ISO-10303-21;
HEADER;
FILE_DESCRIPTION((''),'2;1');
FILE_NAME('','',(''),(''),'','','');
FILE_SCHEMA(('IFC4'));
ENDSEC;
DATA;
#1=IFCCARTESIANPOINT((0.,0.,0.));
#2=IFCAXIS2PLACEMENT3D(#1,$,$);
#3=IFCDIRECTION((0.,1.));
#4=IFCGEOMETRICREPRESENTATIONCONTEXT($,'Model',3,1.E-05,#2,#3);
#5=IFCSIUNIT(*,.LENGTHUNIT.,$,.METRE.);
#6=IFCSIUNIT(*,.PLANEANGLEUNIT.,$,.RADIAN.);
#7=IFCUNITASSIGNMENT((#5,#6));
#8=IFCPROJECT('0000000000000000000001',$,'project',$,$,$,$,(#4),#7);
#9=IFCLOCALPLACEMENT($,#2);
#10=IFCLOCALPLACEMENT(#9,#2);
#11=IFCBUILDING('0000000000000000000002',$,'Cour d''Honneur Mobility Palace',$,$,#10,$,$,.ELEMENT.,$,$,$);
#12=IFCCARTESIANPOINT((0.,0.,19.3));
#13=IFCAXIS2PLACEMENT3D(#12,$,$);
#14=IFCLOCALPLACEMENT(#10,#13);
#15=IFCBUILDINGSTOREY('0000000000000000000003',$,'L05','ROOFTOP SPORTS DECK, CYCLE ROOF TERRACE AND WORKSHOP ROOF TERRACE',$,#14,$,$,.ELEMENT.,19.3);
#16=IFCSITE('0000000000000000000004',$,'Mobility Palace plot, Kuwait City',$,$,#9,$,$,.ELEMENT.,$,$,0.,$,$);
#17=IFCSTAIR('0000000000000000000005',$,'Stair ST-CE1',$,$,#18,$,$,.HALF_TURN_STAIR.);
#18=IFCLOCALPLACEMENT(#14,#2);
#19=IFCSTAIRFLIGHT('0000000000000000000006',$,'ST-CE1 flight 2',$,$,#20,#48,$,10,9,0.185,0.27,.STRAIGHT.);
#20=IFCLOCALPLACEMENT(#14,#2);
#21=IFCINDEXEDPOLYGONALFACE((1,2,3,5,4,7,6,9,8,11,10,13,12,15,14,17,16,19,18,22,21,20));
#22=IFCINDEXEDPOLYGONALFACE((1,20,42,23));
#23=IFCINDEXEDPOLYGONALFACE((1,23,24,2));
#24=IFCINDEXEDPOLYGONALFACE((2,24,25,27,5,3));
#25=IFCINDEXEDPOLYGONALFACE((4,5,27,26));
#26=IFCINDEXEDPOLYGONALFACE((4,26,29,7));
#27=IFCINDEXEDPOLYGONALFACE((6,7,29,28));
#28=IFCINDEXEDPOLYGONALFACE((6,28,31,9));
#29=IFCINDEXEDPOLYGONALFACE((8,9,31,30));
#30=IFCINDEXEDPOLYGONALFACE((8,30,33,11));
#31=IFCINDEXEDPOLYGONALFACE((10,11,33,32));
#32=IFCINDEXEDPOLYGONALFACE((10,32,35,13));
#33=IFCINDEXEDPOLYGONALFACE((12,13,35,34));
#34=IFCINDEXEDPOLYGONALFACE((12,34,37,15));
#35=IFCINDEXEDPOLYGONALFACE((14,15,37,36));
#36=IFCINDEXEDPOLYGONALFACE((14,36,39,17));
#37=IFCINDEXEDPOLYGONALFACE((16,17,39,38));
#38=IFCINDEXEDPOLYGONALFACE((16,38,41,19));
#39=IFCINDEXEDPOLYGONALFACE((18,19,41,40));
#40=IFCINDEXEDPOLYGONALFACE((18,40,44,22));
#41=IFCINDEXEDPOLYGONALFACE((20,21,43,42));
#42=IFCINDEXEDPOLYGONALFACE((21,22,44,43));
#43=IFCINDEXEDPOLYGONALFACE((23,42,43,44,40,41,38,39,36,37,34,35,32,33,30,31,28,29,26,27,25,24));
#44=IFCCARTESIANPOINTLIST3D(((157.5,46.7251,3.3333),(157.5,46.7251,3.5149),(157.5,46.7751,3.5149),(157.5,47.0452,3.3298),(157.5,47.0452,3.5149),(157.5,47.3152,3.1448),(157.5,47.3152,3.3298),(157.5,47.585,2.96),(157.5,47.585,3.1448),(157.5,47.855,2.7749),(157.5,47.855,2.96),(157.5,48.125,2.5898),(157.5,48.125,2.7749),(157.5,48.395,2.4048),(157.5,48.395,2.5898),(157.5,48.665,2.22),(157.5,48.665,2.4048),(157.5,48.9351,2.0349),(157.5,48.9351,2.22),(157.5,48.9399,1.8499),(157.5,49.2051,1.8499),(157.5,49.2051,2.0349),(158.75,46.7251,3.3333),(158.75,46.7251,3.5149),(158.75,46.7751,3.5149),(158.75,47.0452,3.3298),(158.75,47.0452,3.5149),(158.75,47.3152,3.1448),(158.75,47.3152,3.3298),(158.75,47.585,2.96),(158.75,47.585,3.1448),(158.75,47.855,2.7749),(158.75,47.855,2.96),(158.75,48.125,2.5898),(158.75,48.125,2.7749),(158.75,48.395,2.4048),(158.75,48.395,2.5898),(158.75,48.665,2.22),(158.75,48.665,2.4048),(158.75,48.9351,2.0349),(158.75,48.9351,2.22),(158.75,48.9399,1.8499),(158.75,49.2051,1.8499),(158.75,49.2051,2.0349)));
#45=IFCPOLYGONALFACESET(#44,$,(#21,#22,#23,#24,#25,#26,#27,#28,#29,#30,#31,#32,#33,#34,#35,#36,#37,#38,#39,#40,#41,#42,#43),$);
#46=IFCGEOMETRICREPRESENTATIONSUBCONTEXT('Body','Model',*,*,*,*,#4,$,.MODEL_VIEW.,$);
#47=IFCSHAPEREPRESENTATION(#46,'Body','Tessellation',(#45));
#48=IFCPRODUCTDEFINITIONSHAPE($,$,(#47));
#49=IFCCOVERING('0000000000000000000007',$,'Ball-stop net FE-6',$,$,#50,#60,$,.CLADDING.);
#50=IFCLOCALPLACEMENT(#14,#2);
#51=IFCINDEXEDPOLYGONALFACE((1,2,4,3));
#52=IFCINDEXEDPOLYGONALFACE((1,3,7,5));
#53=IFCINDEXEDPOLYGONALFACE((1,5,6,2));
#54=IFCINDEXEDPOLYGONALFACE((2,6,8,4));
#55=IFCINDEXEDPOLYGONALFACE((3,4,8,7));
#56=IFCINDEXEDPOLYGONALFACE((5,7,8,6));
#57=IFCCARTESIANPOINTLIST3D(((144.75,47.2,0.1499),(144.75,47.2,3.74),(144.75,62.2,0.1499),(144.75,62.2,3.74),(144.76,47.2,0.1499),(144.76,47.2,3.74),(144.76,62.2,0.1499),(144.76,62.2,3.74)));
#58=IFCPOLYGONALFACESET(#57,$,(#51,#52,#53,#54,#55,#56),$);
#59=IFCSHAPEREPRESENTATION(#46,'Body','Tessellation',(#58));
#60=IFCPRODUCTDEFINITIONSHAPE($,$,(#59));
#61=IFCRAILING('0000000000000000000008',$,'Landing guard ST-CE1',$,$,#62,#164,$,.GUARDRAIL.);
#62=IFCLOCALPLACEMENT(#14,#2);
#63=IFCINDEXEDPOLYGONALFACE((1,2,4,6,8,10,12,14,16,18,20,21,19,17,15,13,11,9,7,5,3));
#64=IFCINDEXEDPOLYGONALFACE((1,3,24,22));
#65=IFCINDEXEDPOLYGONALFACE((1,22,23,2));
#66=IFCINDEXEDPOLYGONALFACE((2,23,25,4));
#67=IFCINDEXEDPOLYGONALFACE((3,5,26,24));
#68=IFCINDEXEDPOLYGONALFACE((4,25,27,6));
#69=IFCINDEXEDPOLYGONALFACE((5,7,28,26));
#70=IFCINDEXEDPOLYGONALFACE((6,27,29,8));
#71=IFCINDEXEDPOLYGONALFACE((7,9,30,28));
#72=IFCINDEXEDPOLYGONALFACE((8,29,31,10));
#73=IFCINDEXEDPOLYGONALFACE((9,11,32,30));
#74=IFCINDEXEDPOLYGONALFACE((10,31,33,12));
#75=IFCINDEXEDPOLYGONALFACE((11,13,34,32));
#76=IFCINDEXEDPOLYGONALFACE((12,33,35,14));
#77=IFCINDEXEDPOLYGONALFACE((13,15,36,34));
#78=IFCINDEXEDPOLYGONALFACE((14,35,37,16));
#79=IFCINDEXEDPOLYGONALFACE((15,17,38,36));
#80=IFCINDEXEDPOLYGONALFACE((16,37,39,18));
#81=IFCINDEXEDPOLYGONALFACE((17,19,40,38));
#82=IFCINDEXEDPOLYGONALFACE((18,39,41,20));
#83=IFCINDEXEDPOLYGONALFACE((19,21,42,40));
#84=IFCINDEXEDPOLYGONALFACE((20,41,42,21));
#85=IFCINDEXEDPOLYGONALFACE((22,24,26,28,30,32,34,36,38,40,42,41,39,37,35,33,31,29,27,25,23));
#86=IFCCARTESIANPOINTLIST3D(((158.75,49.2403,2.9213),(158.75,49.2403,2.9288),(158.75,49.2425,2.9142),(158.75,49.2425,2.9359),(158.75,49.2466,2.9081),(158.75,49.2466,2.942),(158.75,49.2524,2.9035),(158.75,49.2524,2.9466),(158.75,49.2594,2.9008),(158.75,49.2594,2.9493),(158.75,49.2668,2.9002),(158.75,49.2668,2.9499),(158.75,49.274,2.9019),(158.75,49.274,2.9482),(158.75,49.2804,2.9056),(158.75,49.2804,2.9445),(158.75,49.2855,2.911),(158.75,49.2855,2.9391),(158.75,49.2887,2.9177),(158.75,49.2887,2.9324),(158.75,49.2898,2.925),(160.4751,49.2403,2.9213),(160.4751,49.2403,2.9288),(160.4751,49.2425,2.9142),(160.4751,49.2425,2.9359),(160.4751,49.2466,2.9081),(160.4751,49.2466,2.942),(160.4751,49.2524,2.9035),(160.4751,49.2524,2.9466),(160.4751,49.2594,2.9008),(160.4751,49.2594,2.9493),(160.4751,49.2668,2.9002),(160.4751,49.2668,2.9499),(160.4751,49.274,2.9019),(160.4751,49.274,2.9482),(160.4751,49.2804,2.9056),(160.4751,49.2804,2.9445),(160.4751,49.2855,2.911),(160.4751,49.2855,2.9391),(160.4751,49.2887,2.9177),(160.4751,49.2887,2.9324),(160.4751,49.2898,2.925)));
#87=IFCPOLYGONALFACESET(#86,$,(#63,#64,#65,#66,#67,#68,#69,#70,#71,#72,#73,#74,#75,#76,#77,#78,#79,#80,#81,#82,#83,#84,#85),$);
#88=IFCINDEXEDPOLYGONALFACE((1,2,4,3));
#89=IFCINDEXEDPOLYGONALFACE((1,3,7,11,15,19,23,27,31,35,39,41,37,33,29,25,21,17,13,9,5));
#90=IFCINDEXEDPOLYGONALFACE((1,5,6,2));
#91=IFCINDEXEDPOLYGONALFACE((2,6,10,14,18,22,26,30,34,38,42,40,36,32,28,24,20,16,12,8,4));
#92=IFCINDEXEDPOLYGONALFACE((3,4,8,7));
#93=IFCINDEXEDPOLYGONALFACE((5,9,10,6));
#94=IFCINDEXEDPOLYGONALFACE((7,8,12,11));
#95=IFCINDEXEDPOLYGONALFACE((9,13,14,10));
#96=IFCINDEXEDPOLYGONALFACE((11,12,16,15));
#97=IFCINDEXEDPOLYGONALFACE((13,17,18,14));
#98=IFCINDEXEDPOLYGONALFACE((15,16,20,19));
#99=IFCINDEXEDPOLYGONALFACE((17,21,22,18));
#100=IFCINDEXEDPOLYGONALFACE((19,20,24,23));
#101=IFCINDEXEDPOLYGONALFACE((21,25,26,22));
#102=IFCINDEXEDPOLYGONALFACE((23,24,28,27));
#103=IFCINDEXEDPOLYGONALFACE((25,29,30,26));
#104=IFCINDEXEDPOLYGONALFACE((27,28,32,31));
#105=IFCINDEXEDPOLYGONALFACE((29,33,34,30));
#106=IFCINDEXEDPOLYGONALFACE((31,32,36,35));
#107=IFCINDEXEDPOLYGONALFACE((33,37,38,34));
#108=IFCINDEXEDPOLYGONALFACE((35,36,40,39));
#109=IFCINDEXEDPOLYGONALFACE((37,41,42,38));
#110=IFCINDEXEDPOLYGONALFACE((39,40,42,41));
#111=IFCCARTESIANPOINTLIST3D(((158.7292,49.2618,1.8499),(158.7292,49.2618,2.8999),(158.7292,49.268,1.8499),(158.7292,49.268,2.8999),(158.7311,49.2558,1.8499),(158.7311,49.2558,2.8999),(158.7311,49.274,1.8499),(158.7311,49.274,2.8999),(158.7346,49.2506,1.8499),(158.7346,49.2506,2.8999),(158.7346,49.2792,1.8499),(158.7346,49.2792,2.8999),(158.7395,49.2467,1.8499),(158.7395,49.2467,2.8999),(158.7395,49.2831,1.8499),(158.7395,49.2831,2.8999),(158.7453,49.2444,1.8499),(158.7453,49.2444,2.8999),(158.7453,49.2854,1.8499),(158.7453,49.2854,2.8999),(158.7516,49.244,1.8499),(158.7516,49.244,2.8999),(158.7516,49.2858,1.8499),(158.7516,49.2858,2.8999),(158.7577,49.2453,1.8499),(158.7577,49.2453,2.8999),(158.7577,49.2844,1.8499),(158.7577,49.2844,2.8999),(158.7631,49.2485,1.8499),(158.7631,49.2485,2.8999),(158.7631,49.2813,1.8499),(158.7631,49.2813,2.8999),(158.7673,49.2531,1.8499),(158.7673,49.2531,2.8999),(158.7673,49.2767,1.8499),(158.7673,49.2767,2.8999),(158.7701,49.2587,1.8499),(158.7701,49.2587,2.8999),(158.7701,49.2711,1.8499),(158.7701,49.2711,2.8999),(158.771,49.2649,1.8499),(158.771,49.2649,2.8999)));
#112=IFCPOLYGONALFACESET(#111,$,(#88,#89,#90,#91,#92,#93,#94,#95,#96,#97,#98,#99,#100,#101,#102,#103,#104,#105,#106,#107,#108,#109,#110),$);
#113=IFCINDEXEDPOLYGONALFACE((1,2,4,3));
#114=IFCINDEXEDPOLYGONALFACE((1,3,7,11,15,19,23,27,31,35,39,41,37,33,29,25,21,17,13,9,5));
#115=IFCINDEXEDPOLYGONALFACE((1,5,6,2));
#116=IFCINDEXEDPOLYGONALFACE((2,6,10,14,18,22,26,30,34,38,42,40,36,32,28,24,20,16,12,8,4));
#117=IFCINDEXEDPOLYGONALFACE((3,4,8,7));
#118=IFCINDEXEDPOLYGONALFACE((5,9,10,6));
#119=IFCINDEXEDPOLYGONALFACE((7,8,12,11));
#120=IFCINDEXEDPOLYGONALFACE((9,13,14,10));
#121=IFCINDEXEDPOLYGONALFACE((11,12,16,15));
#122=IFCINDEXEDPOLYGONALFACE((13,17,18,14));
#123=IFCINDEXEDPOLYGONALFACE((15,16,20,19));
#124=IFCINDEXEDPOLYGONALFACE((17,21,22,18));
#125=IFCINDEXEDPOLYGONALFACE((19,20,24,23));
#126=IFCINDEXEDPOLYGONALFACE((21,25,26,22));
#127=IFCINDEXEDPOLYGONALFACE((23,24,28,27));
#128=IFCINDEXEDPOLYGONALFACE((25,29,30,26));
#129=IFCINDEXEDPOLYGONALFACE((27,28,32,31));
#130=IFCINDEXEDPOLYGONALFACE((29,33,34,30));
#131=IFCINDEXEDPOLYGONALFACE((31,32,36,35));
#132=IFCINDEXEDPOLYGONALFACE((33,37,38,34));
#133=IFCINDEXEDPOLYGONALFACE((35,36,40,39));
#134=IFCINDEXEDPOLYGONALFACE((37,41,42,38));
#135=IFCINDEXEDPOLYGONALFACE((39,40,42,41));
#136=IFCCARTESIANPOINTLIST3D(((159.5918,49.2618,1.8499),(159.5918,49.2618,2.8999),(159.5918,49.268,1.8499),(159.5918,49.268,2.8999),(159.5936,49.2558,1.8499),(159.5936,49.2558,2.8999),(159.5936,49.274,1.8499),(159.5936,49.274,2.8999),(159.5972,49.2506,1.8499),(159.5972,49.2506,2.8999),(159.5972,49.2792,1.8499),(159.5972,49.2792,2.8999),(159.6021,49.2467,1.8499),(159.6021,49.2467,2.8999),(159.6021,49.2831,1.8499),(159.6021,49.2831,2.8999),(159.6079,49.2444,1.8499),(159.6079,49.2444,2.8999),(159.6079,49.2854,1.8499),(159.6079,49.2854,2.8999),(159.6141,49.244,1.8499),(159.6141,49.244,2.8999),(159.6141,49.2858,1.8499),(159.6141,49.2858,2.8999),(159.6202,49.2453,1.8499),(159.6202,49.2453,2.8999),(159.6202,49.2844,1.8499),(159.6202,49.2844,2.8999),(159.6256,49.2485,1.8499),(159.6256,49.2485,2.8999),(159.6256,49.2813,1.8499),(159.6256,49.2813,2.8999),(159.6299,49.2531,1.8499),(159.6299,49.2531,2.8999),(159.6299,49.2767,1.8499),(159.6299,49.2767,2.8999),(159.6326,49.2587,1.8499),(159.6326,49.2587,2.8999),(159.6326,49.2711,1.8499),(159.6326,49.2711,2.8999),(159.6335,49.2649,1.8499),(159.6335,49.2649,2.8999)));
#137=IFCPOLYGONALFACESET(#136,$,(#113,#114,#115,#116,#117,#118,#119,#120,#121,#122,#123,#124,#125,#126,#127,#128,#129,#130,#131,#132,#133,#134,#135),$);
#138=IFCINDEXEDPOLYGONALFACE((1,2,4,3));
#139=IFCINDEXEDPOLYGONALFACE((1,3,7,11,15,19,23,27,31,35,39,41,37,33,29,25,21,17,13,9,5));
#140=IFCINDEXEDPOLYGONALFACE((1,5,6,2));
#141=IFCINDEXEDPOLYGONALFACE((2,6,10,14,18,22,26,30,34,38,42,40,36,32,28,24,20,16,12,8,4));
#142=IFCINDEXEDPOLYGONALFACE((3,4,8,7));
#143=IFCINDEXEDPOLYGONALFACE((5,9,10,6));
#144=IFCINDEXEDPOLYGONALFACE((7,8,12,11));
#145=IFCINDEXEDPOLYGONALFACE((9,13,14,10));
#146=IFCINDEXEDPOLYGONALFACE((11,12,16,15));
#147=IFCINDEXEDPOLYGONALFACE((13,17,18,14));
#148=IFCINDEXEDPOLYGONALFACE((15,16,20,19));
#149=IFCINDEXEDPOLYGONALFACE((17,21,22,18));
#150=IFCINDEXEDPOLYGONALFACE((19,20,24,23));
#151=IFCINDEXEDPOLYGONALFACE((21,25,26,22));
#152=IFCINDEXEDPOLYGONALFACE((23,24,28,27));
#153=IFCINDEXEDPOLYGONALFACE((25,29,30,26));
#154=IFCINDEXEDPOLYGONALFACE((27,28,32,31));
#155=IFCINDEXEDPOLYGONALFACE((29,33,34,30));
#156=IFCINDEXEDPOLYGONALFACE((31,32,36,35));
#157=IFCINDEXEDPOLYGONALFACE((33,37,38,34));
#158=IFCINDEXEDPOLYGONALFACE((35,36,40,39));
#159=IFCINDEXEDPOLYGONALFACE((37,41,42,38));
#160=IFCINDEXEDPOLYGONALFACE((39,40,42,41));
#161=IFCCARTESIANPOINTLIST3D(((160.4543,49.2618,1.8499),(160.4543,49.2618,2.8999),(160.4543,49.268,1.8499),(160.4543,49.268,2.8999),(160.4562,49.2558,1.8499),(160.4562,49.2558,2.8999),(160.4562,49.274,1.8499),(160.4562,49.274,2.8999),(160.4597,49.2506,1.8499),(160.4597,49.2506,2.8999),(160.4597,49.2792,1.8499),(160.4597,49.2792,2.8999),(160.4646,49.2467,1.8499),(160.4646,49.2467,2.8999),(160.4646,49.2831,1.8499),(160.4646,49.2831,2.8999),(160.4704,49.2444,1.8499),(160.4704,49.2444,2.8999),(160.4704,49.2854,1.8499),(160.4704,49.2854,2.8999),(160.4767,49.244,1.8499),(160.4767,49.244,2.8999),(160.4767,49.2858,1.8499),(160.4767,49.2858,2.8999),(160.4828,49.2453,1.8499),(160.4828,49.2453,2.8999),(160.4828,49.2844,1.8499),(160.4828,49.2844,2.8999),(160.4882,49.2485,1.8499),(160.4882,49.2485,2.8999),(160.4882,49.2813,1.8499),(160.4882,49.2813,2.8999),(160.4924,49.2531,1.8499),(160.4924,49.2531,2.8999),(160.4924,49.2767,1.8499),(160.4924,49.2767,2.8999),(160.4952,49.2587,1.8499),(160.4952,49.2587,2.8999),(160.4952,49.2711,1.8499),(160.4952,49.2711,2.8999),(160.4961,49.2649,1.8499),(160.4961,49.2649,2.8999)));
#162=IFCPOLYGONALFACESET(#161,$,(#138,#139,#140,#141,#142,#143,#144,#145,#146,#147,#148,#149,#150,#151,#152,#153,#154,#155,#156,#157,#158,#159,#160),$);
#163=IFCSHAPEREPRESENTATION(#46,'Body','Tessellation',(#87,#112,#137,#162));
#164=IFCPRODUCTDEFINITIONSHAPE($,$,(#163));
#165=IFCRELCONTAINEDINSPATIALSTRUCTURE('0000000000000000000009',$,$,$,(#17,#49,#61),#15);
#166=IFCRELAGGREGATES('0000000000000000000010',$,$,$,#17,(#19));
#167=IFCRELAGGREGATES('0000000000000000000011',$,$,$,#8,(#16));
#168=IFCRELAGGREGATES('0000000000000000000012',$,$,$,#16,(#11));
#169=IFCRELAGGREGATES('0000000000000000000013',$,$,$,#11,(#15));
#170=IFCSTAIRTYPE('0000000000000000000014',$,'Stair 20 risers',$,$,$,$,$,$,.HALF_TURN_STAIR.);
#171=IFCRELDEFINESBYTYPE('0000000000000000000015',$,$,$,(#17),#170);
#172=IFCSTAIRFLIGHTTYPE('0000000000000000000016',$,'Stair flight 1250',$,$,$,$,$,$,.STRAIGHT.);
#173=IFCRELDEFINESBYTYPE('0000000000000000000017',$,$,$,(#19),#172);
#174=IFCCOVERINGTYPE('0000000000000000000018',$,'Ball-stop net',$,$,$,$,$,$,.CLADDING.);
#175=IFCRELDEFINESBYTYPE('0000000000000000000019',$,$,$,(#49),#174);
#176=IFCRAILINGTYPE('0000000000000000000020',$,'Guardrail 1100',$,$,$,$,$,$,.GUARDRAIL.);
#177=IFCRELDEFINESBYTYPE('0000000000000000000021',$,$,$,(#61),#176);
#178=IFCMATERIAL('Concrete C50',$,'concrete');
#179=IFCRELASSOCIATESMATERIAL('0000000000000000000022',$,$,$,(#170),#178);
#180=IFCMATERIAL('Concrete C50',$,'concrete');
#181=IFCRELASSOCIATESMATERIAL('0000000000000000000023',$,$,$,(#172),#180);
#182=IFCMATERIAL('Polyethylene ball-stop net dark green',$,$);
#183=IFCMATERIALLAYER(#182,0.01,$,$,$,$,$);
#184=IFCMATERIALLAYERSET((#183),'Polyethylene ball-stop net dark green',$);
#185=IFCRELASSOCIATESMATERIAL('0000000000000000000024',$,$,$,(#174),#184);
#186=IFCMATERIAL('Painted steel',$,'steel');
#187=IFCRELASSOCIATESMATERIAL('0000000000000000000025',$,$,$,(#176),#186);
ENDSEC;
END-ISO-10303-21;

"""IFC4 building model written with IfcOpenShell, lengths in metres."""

from ifc_helpers import new_model, si_unit, direction, frame, origin, origin_2d, place, context, subcontext, project, spatial, polyline, circle, outline, extrude, material, layer, layer_set, type_object, element, aggregate, save


model = new_model("IFC4")

# Units and contexts
model_context = context("Model", 3, precision=1e-05, world=origin(), true_north=direction((0.0, 1.0)))
body_context = subcontext(model_context, "Body", "Model", "MODEL_VIEW")
ifc_project = project(units=[si_unit("LENGTHUNIT", "METRE"), si_unit("PLANEANGLEUNIT", "RADIAN")], contexts=[model_context])

# Site, building, storey
site_placement = place(None, origin())
site = spatial("IfcSite", under=ifc_project, at=site_placement, Name="Mobility Palace plot, Kuwait City", CompositionType="ELEMENT", RefElevation=0.0)
building_placement = place(site_placement, origin())
building = spatial("IfcBuilding", under=site, at=building_placement, Name="Cour d'Honneur Mobility Palace", CompositionType="ELEMENT")
storey_placement = place(building_placement, frame((0.0, 0.0, 19.3)))
storey = spatial("IfcBuildingStorey", under=building, at=storey_placement, Name="L05", Description="ROOFTOP SPORTS DECK, CYCLE ROOF TERRACE AND WORKSHOP ROOF TERRACE", CompositionType="ELEMENT", Elevation=19.3)

# Stair, stair flight
ifc_material_1 = material(Name="Concrete C50", Category="concrete")
stair_type = type_object("IfcStairType", Name="Stair 20 risers", PredefinedType="HALF_TURN_STAIR", material=ifc_material_1)
stair_placement = place(storey_placement, origin())
stair = element("IfcStair", 1, at=stair_placement, inside=storey, type_object=stair_type, Name="Stair ST-CE1", PredefinedType="HALF_TURN_STAIR")
ifc_material_2 = material(Name="Concrete C50", Category="concrete")
stair_flight_type = type_object("IfcStairFlightType", Name="Stair flight 1250", PredefinedType="STRAIGHT", material=ifc_material_2)
stair_flight_placement = place(storey_placement, frame((158.125, 49.2051, 1.8499), z_axis=(0.0, 0.0, 1.0), x_axis=(0.0, -1.0, 0.0)))
stair_flight = element("IfcStairFlight", 2, at=stair_flight_placement, type_object=stair_flight_type, Name="ST-CE1 flight 2", NumberOfRisers=10, NumberOfTreads=9, PredefinedType="STRAIGHT", RiserHeight=0.185, TreadLength=0.27, context=body_context, shape_type="SweptSolid", body=[
    extrude(outline(polyline([(0.0, 0.0), (0.0, 0.1851), (0.27, 0.1851), (0.27, 0.3701), (0.54, 0.3701), (0.54, 0.5549), (0.8101, 0.5549), (0.8101, 0.74), (1.0801, 0.74), (1.0801, 0.925), (1.3501, 0.925), (1.3501, 1.1101), (1.6201, 1.1101), (1.6201, 1.2949), (1.8899, 1.2949), (1.8899, 1.48), (2.1599, 1.48), (2.1599, 1.665), (2.4299, 1.665), (2.48, 1.665), (2.48, 1.4834), (0.2651, 0.0), (0.0, 0.0)])), frame((0.0, 0.625, 0.0), z_axis=(0.0, -1.0, 0.0), x_axis=(1.0, 0.0, 0.0)), (0.0, 0.0, 1.0), 1.25),
])
aggregate(stair, [stair_flight])

# Covering
ifc_material_3 = material(Name="Polyethylene ball-stop net dark green")
ifc_layer_1 = layer(ifc_material_3, 0.01)
ifc_layer_set_1 = layer_set([ifc_layer_1], Name="Polyethylene ball-stop net dark green")
covering_type = type_object("IfcCoveringType", Name="Ball-stop net", PredefinedType="CLADDING", material=ifc_layer_set_1)
covering_placement = place(storey_placement, frame((144.76, 47.2, 0.1499), z_axis=(1.0, 0.0, 0.0), x_axis=(0.0, 1.0, 0.0)))
element("IfcCovering", 3, at=covering_placement, inside=storey, type_object=covering_type, Name="Ball-stop net FE-6", PredefinedType="CLADDING", context=body_context, shape_type="SweptSolid", body=[
    extrude(outline(polyline([(0.0, 0.0), (15.0, 0.0), (15.0, 3.5901), (0.0, 3.5901), (0.0, 0.0)])), origin(), (0.0, 0.0, -1.0), 0.01),
])

# Railing
ifc_material_4 = material(Name="Painted steel", Category="steel")
railing_type_1 = type_object("IfcRailingType", Name="Guardrail 1100", PredefinedType="GUARDRAIL", material=ifc_material_4)
railing_1_placement = place(storey_placement, frame((158.75, 49.2649, 1.8499)))
element("IfcRailing", 4, at=railing_1_placement, inside=storey, type_object=railing_type_1, Name="Landing guard ST-CE1", PredefinedType="GUARDRAIL", context=body_context, shape_type="SweptSolid", body=[
    extrude(circle(Radius=0.0249, at=origin_2d()), frame((0.0, 0.0, 1.0752), z_axis=(1.0, 0.0, 0.0), x_axis=(0.0, 1.0, 0.0)), (0.0, 0.0, 1.0), 1.7251),
    extrude(circle(Radius=0.021, at=origin_2d()), origin(), (0.0, 0.0, 1.0), 1.05),
    extrude(circle(Radius=0.021, at=origin_2d()), frame((0.8625, 0.0, 0.0)), (0.0, 0.0, 1.0), 1.05),
    extrude(circle(Radius=0.021, at=origin_2d()), frame((1.7251, 0.0, 0.0)), (0.0, 0.0, 1.0), 1.05),
])

save(model, "model.ifc")
